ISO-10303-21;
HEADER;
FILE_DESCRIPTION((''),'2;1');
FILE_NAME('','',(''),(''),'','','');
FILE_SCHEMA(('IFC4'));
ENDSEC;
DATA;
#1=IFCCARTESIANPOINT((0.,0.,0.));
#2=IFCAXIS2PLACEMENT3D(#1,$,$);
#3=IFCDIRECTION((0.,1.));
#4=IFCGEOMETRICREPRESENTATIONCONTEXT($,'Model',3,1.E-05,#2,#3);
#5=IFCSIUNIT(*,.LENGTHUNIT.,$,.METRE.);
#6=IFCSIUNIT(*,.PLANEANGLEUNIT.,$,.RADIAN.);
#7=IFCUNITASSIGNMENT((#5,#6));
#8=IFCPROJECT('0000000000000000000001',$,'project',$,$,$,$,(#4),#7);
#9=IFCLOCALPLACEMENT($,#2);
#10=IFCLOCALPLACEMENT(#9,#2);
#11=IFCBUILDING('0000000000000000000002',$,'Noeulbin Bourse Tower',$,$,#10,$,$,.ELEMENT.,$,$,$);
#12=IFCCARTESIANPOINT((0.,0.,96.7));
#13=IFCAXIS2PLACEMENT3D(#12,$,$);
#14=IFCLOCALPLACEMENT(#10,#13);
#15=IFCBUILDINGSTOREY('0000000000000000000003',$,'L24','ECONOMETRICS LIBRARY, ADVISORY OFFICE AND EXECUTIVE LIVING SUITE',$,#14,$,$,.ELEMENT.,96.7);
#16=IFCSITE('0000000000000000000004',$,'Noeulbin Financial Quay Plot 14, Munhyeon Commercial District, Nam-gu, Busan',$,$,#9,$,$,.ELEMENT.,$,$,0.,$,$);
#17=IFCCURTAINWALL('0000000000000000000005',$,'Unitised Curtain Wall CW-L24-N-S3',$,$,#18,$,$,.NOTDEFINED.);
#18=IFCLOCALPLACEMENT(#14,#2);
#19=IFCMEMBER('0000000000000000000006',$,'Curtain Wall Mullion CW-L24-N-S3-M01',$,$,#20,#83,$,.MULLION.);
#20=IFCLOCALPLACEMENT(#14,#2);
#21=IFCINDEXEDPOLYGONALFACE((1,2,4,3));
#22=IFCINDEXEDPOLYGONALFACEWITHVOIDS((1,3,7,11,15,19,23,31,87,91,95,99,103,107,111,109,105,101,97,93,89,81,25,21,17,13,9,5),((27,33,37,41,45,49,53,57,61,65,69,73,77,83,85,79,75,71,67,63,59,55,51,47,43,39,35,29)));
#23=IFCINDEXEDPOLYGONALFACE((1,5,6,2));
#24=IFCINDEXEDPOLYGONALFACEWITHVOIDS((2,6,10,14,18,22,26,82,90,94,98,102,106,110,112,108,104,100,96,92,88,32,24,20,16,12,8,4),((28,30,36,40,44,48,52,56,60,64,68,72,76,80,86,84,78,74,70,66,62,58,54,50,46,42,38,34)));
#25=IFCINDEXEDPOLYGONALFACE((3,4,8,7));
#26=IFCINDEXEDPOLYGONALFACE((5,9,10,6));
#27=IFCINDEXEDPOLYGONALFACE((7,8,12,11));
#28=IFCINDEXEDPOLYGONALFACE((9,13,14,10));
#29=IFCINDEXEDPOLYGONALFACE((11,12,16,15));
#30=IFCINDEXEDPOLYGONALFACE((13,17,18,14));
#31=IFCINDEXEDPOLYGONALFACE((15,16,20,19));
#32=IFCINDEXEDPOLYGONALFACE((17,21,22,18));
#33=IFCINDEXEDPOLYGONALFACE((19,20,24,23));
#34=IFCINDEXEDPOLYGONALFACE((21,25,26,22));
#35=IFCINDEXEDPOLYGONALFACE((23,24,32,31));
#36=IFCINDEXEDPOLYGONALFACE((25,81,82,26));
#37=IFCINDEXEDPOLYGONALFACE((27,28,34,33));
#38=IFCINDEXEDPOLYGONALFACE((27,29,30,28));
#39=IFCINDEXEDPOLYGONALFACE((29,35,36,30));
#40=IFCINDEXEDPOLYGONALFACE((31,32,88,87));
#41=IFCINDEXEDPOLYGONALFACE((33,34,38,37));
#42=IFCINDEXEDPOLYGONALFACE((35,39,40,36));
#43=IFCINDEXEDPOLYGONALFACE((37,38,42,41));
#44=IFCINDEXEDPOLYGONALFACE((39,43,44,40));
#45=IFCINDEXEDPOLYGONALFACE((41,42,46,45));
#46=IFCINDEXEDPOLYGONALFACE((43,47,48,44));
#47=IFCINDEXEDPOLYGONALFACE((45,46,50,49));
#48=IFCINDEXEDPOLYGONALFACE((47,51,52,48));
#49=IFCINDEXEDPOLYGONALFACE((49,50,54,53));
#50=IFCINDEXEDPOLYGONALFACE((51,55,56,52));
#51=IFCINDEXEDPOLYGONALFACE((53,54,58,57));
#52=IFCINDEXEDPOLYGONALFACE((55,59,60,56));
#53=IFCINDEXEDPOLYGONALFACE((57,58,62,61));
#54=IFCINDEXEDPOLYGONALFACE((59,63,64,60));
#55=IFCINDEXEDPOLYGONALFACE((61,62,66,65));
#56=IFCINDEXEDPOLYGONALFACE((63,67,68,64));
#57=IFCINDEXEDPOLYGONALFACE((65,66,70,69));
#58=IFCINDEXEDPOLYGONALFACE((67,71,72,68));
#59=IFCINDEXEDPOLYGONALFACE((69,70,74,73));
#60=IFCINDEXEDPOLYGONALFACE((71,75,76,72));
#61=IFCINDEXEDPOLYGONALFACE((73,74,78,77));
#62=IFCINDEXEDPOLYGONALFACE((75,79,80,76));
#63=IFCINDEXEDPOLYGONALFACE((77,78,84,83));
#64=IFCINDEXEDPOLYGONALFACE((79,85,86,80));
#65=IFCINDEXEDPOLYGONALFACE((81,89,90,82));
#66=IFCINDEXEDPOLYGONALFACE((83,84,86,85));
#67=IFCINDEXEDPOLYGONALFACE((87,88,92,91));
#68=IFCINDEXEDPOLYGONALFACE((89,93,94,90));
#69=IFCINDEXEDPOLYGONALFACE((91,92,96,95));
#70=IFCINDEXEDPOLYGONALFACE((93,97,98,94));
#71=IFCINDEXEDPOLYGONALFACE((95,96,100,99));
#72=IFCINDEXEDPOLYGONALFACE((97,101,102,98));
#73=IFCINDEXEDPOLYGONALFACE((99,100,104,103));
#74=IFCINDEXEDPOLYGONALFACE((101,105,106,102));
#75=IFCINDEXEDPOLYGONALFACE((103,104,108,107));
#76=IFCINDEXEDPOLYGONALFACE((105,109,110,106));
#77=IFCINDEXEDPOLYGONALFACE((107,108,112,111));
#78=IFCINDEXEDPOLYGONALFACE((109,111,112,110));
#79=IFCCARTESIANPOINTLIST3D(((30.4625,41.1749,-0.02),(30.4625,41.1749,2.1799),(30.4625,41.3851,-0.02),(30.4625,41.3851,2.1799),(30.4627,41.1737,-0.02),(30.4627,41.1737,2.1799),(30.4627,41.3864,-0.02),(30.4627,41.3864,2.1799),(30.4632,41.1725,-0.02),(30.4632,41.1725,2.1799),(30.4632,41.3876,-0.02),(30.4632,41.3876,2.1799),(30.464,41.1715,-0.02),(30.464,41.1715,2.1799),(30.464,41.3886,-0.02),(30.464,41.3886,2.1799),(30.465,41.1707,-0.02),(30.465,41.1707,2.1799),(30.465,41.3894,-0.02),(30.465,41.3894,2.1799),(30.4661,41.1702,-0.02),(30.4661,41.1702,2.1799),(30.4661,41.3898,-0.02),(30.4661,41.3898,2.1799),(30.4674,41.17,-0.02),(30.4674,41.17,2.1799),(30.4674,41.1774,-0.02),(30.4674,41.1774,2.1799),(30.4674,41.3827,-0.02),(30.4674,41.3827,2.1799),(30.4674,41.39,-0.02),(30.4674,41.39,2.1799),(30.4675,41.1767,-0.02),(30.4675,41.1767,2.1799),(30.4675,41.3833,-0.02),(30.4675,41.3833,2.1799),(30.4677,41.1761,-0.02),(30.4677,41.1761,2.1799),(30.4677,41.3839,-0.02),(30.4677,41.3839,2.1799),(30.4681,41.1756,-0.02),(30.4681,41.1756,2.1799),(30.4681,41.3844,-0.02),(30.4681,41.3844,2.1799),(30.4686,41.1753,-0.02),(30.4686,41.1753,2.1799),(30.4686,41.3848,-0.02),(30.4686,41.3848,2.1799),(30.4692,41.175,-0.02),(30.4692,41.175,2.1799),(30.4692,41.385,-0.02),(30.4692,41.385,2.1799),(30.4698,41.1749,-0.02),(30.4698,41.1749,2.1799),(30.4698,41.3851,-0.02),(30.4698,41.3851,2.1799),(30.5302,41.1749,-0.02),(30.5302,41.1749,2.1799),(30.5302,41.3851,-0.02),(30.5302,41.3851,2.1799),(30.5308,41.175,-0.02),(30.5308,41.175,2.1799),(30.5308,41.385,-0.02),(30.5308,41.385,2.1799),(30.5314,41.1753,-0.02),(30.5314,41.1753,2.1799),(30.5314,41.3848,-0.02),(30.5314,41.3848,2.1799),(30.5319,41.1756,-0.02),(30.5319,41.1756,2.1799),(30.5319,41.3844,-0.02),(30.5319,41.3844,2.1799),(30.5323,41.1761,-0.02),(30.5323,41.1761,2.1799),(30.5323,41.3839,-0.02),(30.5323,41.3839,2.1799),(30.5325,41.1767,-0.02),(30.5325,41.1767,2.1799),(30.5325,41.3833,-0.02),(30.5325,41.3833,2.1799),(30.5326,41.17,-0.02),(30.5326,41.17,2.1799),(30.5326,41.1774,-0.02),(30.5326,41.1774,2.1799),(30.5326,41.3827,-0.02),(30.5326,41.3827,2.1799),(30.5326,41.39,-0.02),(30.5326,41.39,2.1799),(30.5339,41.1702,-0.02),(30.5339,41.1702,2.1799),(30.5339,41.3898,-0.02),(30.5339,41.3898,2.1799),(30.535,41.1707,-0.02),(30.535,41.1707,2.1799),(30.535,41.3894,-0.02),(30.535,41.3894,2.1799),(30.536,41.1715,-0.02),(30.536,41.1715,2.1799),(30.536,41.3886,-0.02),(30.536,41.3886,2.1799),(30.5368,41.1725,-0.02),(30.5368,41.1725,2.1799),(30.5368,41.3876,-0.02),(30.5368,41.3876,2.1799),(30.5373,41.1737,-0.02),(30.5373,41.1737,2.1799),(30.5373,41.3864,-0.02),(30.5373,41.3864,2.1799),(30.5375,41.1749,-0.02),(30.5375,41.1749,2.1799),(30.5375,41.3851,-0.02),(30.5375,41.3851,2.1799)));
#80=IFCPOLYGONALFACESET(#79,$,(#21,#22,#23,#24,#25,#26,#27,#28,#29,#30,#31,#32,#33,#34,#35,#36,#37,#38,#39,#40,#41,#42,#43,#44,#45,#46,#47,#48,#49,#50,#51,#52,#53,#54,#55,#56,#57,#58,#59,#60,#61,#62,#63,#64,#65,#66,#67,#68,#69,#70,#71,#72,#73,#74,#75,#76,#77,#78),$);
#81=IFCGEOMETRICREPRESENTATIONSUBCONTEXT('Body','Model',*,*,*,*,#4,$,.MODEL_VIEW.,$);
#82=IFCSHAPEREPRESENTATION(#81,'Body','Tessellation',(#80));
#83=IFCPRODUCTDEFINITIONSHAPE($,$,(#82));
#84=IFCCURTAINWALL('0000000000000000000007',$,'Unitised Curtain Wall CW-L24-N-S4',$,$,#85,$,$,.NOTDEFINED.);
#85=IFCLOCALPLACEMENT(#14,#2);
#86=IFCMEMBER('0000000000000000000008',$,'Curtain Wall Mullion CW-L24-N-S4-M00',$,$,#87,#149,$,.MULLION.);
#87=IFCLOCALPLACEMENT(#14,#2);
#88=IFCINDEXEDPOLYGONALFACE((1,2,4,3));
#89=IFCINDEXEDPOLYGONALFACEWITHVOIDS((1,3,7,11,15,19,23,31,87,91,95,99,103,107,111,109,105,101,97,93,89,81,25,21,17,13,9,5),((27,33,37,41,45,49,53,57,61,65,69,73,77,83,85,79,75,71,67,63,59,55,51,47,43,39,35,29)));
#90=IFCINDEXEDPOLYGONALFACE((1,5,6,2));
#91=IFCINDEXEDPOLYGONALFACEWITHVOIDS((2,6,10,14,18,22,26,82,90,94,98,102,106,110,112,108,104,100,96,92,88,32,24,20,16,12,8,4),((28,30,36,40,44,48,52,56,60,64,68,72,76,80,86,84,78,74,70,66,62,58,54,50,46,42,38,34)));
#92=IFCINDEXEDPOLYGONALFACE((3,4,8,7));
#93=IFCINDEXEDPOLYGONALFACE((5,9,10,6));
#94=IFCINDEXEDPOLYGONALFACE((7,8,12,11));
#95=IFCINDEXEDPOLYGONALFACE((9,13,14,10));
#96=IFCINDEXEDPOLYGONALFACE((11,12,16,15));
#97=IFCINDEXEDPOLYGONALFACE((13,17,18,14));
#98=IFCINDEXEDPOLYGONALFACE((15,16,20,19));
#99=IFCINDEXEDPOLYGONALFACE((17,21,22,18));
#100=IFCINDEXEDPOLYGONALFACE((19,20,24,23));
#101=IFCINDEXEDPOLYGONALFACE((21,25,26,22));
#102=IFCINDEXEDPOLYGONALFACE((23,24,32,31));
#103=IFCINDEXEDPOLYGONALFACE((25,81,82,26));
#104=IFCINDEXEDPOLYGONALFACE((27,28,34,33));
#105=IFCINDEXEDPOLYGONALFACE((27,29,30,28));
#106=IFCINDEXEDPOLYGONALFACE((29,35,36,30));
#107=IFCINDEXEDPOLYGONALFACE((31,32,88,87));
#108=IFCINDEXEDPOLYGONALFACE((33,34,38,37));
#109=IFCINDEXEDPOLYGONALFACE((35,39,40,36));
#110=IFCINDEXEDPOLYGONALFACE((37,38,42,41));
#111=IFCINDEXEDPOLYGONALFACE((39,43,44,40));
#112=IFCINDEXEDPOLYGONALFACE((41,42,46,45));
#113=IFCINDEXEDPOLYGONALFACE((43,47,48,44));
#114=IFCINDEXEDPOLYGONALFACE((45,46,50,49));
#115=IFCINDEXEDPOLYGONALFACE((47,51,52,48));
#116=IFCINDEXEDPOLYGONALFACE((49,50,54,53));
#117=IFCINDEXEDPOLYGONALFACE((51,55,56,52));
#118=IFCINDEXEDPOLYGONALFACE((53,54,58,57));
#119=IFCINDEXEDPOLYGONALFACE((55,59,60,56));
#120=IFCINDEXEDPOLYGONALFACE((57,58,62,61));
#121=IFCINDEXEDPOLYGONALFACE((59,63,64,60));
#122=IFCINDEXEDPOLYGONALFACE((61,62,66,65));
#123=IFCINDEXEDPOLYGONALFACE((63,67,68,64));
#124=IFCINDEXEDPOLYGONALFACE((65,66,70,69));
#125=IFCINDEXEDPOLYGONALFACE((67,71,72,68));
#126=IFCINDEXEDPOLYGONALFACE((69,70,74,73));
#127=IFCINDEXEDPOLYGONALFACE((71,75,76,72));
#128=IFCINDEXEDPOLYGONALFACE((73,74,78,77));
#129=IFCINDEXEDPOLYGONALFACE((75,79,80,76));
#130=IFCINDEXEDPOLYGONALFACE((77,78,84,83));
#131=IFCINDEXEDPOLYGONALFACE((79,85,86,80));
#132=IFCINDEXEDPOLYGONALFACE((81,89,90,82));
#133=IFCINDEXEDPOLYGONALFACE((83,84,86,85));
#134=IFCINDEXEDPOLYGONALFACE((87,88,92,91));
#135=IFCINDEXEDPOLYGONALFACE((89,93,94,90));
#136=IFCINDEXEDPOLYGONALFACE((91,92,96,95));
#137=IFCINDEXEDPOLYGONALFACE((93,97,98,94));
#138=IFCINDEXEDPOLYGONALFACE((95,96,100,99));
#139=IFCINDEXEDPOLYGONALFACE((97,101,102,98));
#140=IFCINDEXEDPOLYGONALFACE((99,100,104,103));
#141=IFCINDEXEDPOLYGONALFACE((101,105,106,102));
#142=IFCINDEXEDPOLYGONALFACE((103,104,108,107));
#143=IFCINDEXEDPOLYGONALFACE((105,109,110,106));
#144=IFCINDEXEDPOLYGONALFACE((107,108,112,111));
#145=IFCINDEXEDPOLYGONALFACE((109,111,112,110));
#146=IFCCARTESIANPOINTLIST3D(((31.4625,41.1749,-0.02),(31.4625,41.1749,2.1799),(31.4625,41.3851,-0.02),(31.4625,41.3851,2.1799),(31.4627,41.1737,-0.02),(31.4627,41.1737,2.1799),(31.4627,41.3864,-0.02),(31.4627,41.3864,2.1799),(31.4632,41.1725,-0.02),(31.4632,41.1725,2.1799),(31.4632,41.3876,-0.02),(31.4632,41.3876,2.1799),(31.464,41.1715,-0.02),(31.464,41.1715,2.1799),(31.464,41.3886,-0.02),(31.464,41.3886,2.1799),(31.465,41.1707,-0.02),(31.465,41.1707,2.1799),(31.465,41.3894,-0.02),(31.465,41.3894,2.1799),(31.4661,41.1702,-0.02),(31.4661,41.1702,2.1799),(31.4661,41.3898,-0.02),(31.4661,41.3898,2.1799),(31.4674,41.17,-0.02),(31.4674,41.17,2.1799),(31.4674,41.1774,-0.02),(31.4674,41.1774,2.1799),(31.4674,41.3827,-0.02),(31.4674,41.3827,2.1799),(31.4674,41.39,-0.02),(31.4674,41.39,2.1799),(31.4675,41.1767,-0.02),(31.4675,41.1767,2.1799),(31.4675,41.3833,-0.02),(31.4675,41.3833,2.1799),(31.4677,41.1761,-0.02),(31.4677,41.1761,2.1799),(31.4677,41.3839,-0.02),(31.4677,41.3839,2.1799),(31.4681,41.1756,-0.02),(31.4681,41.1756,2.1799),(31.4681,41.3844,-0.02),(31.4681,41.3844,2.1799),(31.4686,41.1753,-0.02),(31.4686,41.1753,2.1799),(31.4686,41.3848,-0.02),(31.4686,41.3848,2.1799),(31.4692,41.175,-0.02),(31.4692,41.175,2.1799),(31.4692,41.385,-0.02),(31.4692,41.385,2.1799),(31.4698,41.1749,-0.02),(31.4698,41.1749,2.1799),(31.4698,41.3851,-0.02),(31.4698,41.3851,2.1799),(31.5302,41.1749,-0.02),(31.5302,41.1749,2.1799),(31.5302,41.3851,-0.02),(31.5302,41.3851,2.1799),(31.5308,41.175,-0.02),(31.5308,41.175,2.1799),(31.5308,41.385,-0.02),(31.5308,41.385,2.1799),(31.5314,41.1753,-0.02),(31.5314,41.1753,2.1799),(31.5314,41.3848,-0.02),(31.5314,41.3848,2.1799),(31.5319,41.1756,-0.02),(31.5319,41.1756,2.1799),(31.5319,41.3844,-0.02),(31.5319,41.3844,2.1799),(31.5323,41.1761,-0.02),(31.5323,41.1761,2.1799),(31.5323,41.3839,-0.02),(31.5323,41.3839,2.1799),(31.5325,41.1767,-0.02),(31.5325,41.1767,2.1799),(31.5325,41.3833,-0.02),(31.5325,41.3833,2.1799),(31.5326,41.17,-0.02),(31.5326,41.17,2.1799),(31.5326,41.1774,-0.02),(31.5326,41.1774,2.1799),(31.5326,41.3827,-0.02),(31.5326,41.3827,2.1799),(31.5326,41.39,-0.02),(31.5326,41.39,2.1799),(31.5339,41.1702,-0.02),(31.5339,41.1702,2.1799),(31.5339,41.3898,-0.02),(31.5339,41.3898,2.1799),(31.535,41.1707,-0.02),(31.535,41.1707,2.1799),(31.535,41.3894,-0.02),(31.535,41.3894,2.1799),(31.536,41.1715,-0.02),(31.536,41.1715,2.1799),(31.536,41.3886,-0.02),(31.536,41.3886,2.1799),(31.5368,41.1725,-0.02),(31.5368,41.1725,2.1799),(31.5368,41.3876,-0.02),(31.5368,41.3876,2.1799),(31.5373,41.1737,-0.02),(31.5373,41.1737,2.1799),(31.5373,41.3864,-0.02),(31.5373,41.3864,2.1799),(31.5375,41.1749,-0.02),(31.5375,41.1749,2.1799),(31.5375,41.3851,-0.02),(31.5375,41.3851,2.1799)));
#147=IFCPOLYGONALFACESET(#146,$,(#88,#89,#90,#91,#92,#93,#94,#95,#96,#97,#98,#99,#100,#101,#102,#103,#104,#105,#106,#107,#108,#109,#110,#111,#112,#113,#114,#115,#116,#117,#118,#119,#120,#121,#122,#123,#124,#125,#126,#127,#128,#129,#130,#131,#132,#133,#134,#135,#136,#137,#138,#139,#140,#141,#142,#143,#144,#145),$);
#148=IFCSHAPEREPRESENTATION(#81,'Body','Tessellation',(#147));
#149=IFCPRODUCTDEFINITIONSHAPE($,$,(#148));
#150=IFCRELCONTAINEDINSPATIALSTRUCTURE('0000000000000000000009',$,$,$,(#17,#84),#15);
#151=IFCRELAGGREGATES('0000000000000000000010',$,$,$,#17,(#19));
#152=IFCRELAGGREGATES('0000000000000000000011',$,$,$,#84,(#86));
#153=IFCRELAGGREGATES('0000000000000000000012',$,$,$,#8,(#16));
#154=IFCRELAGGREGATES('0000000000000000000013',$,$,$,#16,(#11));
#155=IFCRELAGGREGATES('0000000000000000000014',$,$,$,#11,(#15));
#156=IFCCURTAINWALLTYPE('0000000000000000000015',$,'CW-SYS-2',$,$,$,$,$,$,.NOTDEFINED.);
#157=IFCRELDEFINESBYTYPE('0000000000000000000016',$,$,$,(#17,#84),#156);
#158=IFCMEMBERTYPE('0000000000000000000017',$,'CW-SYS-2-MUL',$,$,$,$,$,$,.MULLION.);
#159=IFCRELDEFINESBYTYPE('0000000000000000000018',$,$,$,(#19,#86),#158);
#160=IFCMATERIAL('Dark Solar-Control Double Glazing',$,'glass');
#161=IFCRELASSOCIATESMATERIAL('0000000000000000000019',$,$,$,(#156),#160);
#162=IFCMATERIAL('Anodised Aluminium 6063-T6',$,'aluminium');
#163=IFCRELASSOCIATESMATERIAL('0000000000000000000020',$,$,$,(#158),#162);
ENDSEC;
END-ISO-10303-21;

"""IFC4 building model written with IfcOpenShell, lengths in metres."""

from ifc_helpers import new_model, si_unit, direction, frame, origin, origin_2d, place, context, subcontext, project, spatial, hollow_rectangle, extrude, material, material_profile, profile_set, type_object, element, aggregate, save


model = new_model("IFC4")

# Units and contexts
model_context = context("Model", 3, precision=1e-05, world=origin(), true_north=direction((0.0, 1.0)))
body_context = subcontext(model_context, "Body", "Model", "MODEL_VIEW")
ifc_project = project(units=[si_unit("LENGTHUNIT", "METRE"), si_unit("PLANEANGLEUNIT", "RADIAN")], contexts=[model_context])

# Site, building, storey
site_placement = place(None, origin())
site = spatial("IfcSite", under=ifc_project, at=site_placement, Name="Noeulbin Financial Quay Plot 14, Munhyeon Commercial District, Nam-gu, Busan", CompositionType="ELEMENT", RefElevation=0.0)
building_placement = place(site_placement, origin())
building = spatial("IfcBuilding", under=site, at=building_placement, Name="Noeulbin Bourse Tower", CompositionType="ELEMENT")
storey_placement = place(building_placement, frame((0.0, 0.0, 96.7)))
storey = spatial("IfcBuildingStorey", under=building, at=storey_placement, Name="L24", Description="ECONOMETRICS LIBRARY, ADVISORY OFFICE AND EXECUTIVE LIVING SUITE", CompositionType="ELEMENT", Elevation=96.7)

# Curtain wall, member
ifc_material_1 = material(Name="Dark Solar-Control Double Glazing", Category="glass")
curtain_wall_type = type_object("IfcCurtainWallType", Name="CW-SYS-2", PredefinedType="NOTDEFINED", material=ifc_material_1)
curtain_wall_1_placement = place(storey_placement, origin())
curtain_wall_1 = element("IfcCurtainWall", 1, at=curtain_wall_1_placement, inside=storey, type_object=curtain_wall_type, Name="Unitised Curtain Wall CW-L24-N-S3", PredefinedType="NOTDEFINED")
ifc_material_2 = material(Name="Anodised Aluminium 6063-T6", Category="aluminium")
ifc_material_profile_1 = material_profile(ifc_material_2, hollow_rectangle(XDim=0.075, YDim=0.22, WallThickness=0.0049, InnerFilletRadius=0.0024, OuterFilletRadius=0.0049, at=origin_2d()), Name="ALU-MULL-75x220x5", Category="LoadBearing")
ifc_profile_set_1 = profile_set([ifc_material_profile_1], Name="Anodised Aluminium 6063-T6")
member_type_1 = type_object("IfcMemberType", Name="CW-SYS-2-MUL", PredefinedType="MULLION", material=ifc_profile_set_1)
member_1_placement = place(storey_placement, frame((30.5, 41.28, -0.02), z_axis=(0.0, 0.0, 1.0), x_axis=(1.0, 0.0, 0.0)))
member_1 = element("IfcMember", 2, at=member_1_placement, type_object=member_type_1, Name="Curtain Wall Mullion CW-L24-N-S3-M01", PredefinedType="MULLION", context=body_context, shape_type="SweptSolid", body=[
    extrude(hollow_rectangle(XDim=0.075, YDim=0.22, WallThickness=0.0049, InnerFilletRadius=0.0024, OuterFilletRadius=0.0049, at=origin_2d()), origin(), (0.0, 0.0, 1.0), 2.2),
])
aggregate(curtain_wall_1, [member_1])

# Curtain wall, member
curtain_wall_2_placement = place(storey_placement, origin())
curtain_wall_2 = element("IfcCurtainWall", 3, at=curtain_wall_2_placement, inside=storey, type_object=curtain_wall_type, Name="Unitised Curtain Wall CW-L24-N-S4", PredefinedType="NOTDEFINED")
member_2_placement = place(storey_placement, frame((31.5, 41.28, -0.02), z_axis=(0.0, 0.0, 1.0), x_axis=(1.0, 0.0, 0.0)))
member_2 = element("IfcMember", 4, at=member_2_placement, type_object=member_type_1, Name="Curtain Wall Mullion CW-L24-N-S4-M00", PredefinedType="MULLION", context=body_context, shape_type="SweptSolid", body=[
    extrude(hollow_rectangle(XDim=0.075, YDim=0.22, WallThickness=0.0049, InnerFilletRadius=0.0024, OuterFilletRadius=0.0049, at=origin_2d()), origin(), (0.0, 0.0, 1.0), 2.2),
])

aggregate(curtain_wall_2, [member_2])

save(model, "model.ifc")
